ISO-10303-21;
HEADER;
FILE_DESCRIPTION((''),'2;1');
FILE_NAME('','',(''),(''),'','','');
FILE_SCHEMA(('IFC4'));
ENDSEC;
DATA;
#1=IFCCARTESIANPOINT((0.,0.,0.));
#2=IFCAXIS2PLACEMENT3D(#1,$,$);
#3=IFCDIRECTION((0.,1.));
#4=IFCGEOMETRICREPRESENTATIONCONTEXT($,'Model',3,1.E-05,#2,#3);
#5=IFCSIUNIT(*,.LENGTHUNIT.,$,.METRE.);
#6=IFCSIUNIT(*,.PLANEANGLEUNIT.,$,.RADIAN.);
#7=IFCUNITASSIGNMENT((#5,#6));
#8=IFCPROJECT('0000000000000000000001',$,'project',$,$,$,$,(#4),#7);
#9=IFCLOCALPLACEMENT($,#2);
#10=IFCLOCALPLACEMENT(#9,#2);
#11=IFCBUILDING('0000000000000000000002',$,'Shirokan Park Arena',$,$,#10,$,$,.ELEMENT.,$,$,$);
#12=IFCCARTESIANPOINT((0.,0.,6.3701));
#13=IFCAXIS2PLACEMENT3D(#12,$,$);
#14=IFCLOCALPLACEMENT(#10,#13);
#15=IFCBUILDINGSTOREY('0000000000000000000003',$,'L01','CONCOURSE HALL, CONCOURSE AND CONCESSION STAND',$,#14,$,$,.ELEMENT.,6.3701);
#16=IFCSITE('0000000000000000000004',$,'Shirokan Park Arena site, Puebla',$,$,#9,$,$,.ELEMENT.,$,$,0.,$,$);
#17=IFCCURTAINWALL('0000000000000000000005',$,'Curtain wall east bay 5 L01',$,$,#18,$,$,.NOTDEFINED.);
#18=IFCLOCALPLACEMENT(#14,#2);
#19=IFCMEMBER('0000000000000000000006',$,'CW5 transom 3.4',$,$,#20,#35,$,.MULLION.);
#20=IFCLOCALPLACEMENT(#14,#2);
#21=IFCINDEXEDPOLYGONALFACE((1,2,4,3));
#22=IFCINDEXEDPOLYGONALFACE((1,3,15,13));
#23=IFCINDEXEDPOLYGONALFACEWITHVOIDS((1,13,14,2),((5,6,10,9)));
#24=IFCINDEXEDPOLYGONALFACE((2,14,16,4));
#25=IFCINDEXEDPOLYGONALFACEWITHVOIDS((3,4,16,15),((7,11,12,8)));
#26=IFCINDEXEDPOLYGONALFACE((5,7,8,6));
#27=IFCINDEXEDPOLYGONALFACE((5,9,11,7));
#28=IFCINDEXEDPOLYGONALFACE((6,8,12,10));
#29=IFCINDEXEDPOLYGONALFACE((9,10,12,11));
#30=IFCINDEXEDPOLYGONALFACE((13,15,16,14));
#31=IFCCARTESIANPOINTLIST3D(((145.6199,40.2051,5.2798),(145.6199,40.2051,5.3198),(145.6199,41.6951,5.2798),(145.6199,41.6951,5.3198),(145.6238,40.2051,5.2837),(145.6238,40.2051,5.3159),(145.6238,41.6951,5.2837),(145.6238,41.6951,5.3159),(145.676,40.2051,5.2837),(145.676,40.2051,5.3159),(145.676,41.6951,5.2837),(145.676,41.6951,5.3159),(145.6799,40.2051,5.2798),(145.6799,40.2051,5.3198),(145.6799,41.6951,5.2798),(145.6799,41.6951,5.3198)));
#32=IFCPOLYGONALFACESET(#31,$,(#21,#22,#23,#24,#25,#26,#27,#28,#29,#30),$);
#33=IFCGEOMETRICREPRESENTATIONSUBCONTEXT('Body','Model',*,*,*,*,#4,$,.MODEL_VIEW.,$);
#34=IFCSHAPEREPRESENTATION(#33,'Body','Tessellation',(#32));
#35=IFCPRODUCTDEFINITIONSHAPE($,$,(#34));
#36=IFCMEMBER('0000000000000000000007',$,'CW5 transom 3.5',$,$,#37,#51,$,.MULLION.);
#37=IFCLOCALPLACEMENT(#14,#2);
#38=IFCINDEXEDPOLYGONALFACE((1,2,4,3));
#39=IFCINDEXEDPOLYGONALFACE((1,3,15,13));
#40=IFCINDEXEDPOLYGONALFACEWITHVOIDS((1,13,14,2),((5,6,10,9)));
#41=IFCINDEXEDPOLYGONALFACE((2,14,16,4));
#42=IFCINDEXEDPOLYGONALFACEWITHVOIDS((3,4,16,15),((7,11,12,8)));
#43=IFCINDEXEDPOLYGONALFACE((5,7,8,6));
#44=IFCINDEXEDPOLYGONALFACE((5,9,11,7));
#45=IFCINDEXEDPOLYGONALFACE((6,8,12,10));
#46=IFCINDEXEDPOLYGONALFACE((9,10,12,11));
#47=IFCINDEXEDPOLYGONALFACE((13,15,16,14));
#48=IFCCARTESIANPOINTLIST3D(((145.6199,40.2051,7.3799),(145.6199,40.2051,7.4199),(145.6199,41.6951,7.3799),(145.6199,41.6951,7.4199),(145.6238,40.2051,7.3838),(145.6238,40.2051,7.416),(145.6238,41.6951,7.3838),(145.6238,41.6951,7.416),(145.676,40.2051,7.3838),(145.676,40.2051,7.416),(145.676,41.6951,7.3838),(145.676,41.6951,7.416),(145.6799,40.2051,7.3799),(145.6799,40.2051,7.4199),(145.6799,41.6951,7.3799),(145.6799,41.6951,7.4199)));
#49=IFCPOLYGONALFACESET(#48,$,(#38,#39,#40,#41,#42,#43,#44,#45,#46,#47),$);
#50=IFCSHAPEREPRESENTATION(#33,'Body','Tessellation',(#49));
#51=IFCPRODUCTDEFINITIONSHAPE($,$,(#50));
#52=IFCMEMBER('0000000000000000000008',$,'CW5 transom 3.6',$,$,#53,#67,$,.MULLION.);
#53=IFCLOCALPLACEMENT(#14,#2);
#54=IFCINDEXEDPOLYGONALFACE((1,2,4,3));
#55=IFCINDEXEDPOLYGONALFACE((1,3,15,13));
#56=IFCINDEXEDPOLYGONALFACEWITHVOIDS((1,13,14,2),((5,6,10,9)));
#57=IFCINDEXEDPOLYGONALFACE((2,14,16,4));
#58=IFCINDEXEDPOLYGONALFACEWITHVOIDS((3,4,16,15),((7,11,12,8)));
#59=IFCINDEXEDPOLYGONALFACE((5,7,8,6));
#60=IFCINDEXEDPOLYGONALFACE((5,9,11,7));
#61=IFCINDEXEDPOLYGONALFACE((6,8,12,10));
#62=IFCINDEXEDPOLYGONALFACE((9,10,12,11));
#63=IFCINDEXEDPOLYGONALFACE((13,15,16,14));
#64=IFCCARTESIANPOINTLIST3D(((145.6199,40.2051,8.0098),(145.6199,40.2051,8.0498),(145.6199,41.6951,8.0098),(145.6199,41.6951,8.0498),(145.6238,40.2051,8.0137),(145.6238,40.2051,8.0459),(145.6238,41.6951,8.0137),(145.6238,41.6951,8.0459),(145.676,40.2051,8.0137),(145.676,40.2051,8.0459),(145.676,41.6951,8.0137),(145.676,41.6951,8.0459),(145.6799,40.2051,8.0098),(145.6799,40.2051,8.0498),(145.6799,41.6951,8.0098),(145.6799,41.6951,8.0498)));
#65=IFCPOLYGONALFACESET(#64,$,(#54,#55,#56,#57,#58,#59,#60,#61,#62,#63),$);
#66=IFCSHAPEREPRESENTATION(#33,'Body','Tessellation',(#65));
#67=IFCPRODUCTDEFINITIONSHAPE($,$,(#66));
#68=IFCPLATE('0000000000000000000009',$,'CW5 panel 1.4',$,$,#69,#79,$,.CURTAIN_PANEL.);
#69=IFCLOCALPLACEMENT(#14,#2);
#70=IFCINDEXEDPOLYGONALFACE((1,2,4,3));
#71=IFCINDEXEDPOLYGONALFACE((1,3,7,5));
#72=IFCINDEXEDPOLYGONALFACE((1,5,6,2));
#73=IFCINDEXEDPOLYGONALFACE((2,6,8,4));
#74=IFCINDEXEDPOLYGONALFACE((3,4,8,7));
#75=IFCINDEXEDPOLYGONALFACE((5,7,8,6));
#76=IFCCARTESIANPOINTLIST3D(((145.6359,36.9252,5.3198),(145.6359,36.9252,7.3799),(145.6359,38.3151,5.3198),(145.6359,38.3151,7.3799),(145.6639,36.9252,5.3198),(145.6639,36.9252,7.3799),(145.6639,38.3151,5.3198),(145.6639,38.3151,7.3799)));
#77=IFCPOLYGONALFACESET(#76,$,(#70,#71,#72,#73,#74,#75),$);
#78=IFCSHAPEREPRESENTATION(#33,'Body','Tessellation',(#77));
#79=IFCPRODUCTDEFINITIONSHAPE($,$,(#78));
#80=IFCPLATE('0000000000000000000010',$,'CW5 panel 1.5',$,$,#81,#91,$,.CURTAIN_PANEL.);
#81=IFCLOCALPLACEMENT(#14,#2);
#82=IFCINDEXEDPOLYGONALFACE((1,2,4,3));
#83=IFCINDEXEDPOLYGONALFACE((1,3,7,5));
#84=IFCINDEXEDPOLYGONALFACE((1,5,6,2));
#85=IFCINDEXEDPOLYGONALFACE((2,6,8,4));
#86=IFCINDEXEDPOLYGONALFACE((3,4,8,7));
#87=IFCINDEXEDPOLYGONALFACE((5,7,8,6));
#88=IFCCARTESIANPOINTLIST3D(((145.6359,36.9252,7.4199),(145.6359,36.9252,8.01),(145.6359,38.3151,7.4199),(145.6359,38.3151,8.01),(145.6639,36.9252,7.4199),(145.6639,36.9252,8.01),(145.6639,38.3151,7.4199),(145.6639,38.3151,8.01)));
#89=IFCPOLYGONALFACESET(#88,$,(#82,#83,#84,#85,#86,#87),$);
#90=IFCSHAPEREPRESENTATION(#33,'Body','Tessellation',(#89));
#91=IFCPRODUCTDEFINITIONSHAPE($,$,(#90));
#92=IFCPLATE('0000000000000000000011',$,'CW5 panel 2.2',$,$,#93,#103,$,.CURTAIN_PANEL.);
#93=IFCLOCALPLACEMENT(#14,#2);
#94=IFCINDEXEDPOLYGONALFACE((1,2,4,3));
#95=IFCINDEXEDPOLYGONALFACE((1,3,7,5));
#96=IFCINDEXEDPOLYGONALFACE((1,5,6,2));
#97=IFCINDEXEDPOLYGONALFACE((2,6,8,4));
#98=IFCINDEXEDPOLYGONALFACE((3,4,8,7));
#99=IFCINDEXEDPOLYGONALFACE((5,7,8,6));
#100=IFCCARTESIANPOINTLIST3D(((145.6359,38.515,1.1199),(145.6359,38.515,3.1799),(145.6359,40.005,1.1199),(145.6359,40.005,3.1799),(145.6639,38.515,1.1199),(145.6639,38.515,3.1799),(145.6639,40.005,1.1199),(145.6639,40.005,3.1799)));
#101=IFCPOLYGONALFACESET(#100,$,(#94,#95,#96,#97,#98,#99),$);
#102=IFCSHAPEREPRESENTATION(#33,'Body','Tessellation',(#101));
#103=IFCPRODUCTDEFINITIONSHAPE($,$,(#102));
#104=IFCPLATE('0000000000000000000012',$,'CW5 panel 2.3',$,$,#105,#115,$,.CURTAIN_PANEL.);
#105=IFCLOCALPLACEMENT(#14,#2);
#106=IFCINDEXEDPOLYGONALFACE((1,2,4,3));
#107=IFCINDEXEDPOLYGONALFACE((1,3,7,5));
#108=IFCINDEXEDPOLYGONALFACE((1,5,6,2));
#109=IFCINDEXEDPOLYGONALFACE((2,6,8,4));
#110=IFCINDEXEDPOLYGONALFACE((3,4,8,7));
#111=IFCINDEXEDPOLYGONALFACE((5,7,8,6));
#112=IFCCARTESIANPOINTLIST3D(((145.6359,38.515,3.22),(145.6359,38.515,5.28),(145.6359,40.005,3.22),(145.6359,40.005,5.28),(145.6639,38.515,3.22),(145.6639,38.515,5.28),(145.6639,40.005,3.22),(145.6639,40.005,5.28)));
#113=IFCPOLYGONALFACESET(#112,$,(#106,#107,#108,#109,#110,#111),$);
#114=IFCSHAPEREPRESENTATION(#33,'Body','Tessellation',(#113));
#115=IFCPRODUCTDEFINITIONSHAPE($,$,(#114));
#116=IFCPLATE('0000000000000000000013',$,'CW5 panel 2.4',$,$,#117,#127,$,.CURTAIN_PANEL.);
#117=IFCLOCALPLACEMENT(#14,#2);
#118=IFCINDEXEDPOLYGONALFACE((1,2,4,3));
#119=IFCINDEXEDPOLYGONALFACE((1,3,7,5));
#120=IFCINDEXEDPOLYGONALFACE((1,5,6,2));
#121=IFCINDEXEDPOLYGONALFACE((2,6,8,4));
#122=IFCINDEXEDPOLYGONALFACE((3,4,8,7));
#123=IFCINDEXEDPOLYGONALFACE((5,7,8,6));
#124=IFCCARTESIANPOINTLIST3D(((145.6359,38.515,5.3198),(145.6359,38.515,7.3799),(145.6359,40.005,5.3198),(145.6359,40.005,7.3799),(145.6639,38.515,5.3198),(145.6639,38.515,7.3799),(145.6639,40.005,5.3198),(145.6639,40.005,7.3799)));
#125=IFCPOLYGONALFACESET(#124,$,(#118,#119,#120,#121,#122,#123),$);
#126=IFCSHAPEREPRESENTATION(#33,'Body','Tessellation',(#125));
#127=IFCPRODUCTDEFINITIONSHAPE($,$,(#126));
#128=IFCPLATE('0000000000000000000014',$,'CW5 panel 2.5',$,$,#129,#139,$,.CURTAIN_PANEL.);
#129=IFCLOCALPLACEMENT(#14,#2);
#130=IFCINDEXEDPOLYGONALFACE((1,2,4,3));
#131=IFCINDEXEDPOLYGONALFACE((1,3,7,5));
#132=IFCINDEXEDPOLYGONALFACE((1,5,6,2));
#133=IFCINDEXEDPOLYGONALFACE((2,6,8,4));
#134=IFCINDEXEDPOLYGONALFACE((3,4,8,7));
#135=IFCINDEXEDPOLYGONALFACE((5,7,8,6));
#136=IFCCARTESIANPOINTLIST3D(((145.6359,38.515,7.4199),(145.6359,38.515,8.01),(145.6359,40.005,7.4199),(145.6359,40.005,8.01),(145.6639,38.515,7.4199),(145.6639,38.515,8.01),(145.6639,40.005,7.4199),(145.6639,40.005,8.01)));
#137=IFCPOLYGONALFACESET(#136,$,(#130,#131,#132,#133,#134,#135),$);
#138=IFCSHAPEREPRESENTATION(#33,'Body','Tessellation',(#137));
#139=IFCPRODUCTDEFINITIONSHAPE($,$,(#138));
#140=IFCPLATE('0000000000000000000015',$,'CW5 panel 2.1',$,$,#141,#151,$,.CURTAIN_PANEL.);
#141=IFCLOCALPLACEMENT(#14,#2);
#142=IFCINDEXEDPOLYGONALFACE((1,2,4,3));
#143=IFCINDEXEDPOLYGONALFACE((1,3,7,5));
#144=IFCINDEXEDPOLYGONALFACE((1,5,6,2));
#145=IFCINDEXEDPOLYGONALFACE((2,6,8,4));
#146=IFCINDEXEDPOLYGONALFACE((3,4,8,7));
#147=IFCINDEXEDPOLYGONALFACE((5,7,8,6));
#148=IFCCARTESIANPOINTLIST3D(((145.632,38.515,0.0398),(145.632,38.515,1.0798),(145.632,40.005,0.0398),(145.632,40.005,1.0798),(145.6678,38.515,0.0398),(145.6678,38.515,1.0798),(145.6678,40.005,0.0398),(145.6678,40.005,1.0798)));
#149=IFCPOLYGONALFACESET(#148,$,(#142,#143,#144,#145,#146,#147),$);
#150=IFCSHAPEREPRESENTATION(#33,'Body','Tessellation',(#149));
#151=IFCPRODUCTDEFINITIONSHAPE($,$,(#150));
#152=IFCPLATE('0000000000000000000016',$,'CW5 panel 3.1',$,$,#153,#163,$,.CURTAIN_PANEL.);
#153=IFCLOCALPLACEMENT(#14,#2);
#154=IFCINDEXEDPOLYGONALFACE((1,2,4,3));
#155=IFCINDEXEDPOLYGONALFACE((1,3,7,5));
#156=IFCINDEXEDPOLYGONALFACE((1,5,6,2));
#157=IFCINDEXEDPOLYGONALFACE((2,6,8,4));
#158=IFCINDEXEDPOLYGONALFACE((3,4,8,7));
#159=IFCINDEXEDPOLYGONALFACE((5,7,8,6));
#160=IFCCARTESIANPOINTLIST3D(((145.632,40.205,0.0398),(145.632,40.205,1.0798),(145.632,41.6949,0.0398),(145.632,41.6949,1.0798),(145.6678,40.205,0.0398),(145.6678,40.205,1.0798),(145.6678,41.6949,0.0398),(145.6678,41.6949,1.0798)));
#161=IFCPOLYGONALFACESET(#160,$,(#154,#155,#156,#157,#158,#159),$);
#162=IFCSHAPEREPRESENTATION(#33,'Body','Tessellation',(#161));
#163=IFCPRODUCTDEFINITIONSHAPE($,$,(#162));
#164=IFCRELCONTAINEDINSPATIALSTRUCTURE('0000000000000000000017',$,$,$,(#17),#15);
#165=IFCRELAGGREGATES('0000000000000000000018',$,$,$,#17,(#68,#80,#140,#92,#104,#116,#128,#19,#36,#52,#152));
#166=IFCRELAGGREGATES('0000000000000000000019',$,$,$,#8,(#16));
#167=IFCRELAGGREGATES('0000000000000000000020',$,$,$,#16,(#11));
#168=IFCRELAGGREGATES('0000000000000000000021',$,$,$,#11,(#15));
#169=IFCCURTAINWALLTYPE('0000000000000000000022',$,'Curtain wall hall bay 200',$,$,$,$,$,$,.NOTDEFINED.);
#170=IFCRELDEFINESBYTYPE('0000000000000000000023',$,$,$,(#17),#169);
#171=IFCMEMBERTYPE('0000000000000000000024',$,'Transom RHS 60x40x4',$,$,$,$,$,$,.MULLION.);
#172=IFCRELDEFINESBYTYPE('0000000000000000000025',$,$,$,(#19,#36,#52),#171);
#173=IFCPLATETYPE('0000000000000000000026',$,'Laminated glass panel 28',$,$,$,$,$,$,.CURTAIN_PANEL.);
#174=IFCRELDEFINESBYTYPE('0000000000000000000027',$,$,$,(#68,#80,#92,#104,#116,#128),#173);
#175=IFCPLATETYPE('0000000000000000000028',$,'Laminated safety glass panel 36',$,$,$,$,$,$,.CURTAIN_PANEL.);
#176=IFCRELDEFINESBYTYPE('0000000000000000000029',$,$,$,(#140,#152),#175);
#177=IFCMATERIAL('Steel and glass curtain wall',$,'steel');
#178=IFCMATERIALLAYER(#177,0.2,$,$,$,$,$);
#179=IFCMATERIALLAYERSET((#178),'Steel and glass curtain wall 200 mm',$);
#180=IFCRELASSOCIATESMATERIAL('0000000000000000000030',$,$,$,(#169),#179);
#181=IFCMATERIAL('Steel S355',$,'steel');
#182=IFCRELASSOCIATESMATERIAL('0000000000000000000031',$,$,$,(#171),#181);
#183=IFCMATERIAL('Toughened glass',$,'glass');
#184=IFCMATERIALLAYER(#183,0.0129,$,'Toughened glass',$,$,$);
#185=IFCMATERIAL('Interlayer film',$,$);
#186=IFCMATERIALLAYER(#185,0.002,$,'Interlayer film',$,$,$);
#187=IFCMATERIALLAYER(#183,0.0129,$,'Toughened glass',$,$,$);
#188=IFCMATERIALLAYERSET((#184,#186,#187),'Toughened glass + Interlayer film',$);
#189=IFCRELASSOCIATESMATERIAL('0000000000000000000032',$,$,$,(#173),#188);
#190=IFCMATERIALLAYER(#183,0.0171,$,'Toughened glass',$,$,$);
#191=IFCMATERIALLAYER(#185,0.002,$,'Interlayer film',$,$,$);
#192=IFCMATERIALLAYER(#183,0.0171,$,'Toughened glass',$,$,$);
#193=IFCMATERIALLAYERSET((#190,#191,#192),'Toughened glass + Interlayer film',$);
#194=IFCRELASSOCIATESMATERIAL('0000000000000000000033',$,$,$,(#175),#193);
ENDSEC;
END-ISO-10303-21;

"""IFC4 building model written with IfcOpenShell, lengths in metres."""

from ifc_helpers import new_model, si_unit, direction, frame, origin, origin_2d, place, context, subcontext, project, spatial, rectangle, hollow_rectangle, extrude, material, layer, layer_set, material_profile, profile_set, type_object, element, aggregate, save


model = new_model("IFC4")

# Units and contexts
model_context = context("Model", 3, precision=1e-05, world=origin(), true_north=direction((0.0, 1.0)))
body_context = subcontext(model_context, "Body", "Model", "MODEL_VIEW")
ifc_project = project(units=[si_unit("LENGTHUNIT", "METRE"), si_unit("PLANEANGLEUNIT", "RADIAN")], contexts=[model_context])

# Site, building, storey
site_placement = place(None, origin())
site = spatial("IfcSite", under=ifc_project, at=site_placement, Name="Shirokan Park Arena site, Puebla", CompositionType="ELEMENT", RefElevation=0.0)
building_placement = place(site_placement, origin())
building = spatial("IfcBuilding", under=site, at=building_placement, Name="Shirokan Park Arena", CompositionType="ELEMENT")
storey_placement = place(building_placement, frame((0.0, 0.0, 6.3701)))
storey = spatial("IfcBuildingStorey", under=building, at=storey_placement, Name="L01", Description="CONCOURSE HALL, CONCOURSE AND CONCESSION STAND", CompositionType="ELEMENT", Elevation=6.3701)

# Curtain wall, members, plates
ifc_material_1 = material(Name="Steel and glass curtain wall", Category="steel")
ifc_layer_1 = layer(ifc_material_1, 0.2)
ifc_layer_set_1 = layer_set([ifc_layer_1], Name="Steel and glass curtain wall 200 mm")
curtain_wall_type = type_object("IfcCurtainWallType", Name="Curtain wall hall bay 200", PredefinedType="NOTDEFINED", material=ifc_layer_set_1)
curtain_wall_placement = place(storey_placement, origin())
curtain_wall = element("IfcCurtainWall", 1, at=curtain_wall_placement, inside=storey, type_object=curtain_wall_type, Name="Curtain wall east bay 5 L01", PredefinedType="NOTDEFINED")
ifc_material_2 = material(Name="Steel S355", Category="steel")
ifc_material_profile_1 = material_profile(ifc_material_2, hollow_rectangle(XDim=0.0601, YDim=0.04, WallThickness=0.0039, at=origin_2d()), Name="RHS 60x40x4")
ifc_profile_set_1 = profile_set([ifc_material_profile_1], Name="Steel S355")
member_type_1 = type_object("IfcMemberType", Name="Transom RHS 60x40x4", PredefinedType="MULLION", material=ifc_profile_set_1)
member_1_placement = place(storey_placement, frame((145.6499, 40.2051, 5.2998), z_axis=(0.0, 1.0, 0.0), x_axis=(-1.0, 0.0, 0.0)))
member_1 = element("IfcMember", 2, at=member_1_placement, type_object=member_type_1, Name="CW5 transom 3.4", PredefinedType="MULLION", context=body_context, shape_type="SweptSolid", body=[
    extrude(hollow_rectangle(XDim=0.0601, YDim=0.04, WallThickness=0.0039, at=origin_2d()), origin(), (0.0, 0.0, 1.0), 1.49),
])
member_2_placement = place(storey_placement, frame((145.6499, 40.2051, 7.3999), z_axis=(0.0, 1.0, 0.0), x_axis=(-1.0, 0.0, 0.0)))
member_2 = element("IfcMember", 3, at=member_2_placement, type_object=member_type_1, Name="CW5 transom 3.5", PredefinedType="MULLION", context=body_context, shape_type="SweptSolid", body=[
    extrude(hollow_rectangle(XDim=0.0601, YDim=0.04, WallThickness=0.0039, at=origin_2d()), origin(), (0.0, 0.0, 1.0), 1.49),
])
member_3_placement = place(storey_placement, frame((145.6499, 40.2051, 8.0298), z_axis=(0.0, 1.0, 0.0), x_axis=(-1.0, 0.0, 0.0)))
member_3 = element("IfcMember", 4, at=member_3_placement, type_object=member_type_1, Name="CW5 transom 3.6", PredefinedType="MULLION", context=body_context, shape_type="SweptSolid", body=[
    extrude(hollow_rectangle(XDim=0.0601, YDim=0.04, WallThickness=0.0039, at=origin_2d()), origin(), (0.0, 0.0, 1.0), 1.49),
])
ifc_material_3 = material(Name="Toughened glass", Category="glass")
ifc_layer_2 = layer(ifc_material_3, 0.0129, Name="Toughened glass")
ifc_material_4 = material(Name="Interlayer film")
ifc_layer_3 = layer(ifc_material_4, 0.002, Name="Interlayer film")
ifc_layer_4 = layer(ifc_material_3, 0.0129, Name="Toughened glass")
ifc_layer_set_2 = layer_set([ifc_layer_2, ifc_layer_3, ifc_layer_4], Name="Toughened glass + Interlayer film")
plate_type_1 = type_object("IfcPlateType", Name="Laminated glass panel 28", PredefinedType="CURTAIN_PANEL", material=ifc_layer_set_2)
plate_1_placement = place(storey_placement, frame((145.6499, 37.6201, 5.3198), z_axis=(0.0, 0.0, 1.0), x_axis=(0.0, 1.0, 0.0)))
plate_1 = element("IfcPlate", 5, at=plate_1_placement, type_object=plate_type_1, Name="CW5 panel 1.4", PredefinedType="CURTAIN_PANEL", context=body_context, shape_type="SweptSolid", body=[
    extrude(rectangle(XDim=1.3899, YDim=0.0281, at=origin_2d()), origin(), (0.0, 0.0, 1.0), 2.0601),
])
plate_2_placement = place(storey_placement, frame((145.6499, 37.6201, 7.4199), z_axis=(0.0, 0.0, 1.0), x_axis=(0.0, 1.0, 0.0)))
plate_2 = element("IfcPlate", 6, at=plate_2_placement, type_object=plate_type_1, Name="CW5 panel 1.5", PredefinedType="CURTAIN_PANEL", context=body_context, shape_type="SweptSolid", body=[
    extrude(rectangle(XDim=1.3899, YDim=0.0281, at=origin_2d()), origin(), (0.0, 0.0, 1.0), 0.5901),
])
plate_3_placement = place(storey_placement, frame((145.6499, 39.26, 1.1199), z_axis=(0.0, 0.0, 1.0), x_axis=(0.0, 1.0, 0.0)))
plate_3 = element("IfcPlate", 7, at=plate_3_placement, type_object=plate_type_1, Name="CW5 panel 2.2", PredefinedType="CURTAIN_PANEL", context=body_context, shape_type="SweptSolid", body=[
    extrude(rectangle(XDim=1.49, YDim=0.0281, at=origin_2d()), origin(), (0.0, 0.0, 1.0), 2.0601),
])
plate_4_placement = place(storey_placement, frame((145.6499, 39.26, 3.22), z_axis=(0.0, 0.0, 1.0), x_axis=(0.0, 1.0, 0.0)))
plate_4 = element("IfcPlate", 8, at=plate_4_placement, type_object=plate_type_1, Name="CW5 panel 2.3", PredefinedType="CURTAIN_PANEL", context=body_context, shape_type="SweptSolid", body=[
    extrude(rectangle(XDim=1.49, YDim=0.0281, at=origin_2d()), origin(), (0.0, 0.0, 1.0), 2.0601),
])
plate_5_placement = place(storey_placement, frame((145.6499, 39.26, 5.3198), z_axis=(0.0, 0.0, 1.0), x_axis=(0.0, 1.0, 0.0)))
plate_5 = element("IfcPlate", 9, at=plate_5_placement, type_object=plate_type_1, Name="CW5 panel 2.4", PredefinedType="CURTAIN_PANEL", context=body_context, shape_type="SweptSolid", body=[
    extrude(rectangle(XDim=1.49, YDim=0.0281, at=origin_2d()), origin(), (0.0, 0.0, 1.0), 2.0601),
])
plate_6_placement = place(storey_placement, frame((145.6499, 39.26, 7.4199), z_axis=(0.0, 0.0, 1.0), x_axis=(0.0, 1.0, 0.0)))
plate_6 = element("IfcPlate", 10, at=plate_6_placement, type_object=plate_type_1, Name="CW5 panel 2.5", PredefinedType="CURTAIN_PANEL", context=body_context, shape_type="SweptSolid", body=[
    extrude(rectangle(XDim=1.49, YDim=0.0281, at=origin_2d()), origin(), (0.0, 0.0, 1.0), 0.5901),
])
ifc_layer_5 = layer(ifc_material_3, 0.0171, Name="Toughened glass")
ifc_layer_6 = layer(ifc_material_4, 0.002, Name="Interlayer film")
ifc_layer_7 = layer(ifc_material_3, 0.0171, Name="Toughened glass")
ifc_layer_set_3 = layer_set([ifc_layer_5, ifc_layer_6, ifc_layer_7], Name="Toughened glass + Interlayer film")
plate_type_2 = type_object("IfcPlateType", Name="Laminated safety glass panel 36", PredefinedType="CURTAIN_PANEL", material=ifc_layer_set_3)
plate_7_placement = place(storey_placement, frame((145.6499, 39.26, 0.0398), z_axis=(0.0, 0.0, 1.0), x_axis=(0.0, 1.0, 0.0)))
plate_7 = element("IfcPlate", 11, at=plate_7_placement, type_object=plate_type_2, Name="CW5 panel 2.1", PredefinedType="CURTAIN_PANEL", context=body_context, shape_type="SweptSolid", body=[
    extrude(rectangle(XDim=1.49, YDim=0.0359, at=origin_2d()), origin(), (0.0, 0.0, 1.0), 1.04),
])
plate_8_placement = place(storey_placement, frame((145.6499, 40.95, 0.0398), z_axis=(0.0, 0.0, 1.0), x_axis=(0.0, 1.0, 0.0)))
plate_8 = element("IfcPlate", 12, at=plate_8_placement, type_object=plate_type_2, Name="CW5 panel 3.1", PredefinedType="CURTAIN_PANEL", context=body_context, shape_type="SweptSolid", body=[
    extrude(rectangle(XDim=1.49, YDim=0.0359, at=origin_2d()), origin(), (0.0, 0.0, 1.0), 1.04),
])
aggregate(curtain_wall, [plate_1, plate_2, plate_7, plate_3, plate_4, plate_5, plate_6, member_1, member_2, member_3, plate_8])

save(model, "model.ifc")
